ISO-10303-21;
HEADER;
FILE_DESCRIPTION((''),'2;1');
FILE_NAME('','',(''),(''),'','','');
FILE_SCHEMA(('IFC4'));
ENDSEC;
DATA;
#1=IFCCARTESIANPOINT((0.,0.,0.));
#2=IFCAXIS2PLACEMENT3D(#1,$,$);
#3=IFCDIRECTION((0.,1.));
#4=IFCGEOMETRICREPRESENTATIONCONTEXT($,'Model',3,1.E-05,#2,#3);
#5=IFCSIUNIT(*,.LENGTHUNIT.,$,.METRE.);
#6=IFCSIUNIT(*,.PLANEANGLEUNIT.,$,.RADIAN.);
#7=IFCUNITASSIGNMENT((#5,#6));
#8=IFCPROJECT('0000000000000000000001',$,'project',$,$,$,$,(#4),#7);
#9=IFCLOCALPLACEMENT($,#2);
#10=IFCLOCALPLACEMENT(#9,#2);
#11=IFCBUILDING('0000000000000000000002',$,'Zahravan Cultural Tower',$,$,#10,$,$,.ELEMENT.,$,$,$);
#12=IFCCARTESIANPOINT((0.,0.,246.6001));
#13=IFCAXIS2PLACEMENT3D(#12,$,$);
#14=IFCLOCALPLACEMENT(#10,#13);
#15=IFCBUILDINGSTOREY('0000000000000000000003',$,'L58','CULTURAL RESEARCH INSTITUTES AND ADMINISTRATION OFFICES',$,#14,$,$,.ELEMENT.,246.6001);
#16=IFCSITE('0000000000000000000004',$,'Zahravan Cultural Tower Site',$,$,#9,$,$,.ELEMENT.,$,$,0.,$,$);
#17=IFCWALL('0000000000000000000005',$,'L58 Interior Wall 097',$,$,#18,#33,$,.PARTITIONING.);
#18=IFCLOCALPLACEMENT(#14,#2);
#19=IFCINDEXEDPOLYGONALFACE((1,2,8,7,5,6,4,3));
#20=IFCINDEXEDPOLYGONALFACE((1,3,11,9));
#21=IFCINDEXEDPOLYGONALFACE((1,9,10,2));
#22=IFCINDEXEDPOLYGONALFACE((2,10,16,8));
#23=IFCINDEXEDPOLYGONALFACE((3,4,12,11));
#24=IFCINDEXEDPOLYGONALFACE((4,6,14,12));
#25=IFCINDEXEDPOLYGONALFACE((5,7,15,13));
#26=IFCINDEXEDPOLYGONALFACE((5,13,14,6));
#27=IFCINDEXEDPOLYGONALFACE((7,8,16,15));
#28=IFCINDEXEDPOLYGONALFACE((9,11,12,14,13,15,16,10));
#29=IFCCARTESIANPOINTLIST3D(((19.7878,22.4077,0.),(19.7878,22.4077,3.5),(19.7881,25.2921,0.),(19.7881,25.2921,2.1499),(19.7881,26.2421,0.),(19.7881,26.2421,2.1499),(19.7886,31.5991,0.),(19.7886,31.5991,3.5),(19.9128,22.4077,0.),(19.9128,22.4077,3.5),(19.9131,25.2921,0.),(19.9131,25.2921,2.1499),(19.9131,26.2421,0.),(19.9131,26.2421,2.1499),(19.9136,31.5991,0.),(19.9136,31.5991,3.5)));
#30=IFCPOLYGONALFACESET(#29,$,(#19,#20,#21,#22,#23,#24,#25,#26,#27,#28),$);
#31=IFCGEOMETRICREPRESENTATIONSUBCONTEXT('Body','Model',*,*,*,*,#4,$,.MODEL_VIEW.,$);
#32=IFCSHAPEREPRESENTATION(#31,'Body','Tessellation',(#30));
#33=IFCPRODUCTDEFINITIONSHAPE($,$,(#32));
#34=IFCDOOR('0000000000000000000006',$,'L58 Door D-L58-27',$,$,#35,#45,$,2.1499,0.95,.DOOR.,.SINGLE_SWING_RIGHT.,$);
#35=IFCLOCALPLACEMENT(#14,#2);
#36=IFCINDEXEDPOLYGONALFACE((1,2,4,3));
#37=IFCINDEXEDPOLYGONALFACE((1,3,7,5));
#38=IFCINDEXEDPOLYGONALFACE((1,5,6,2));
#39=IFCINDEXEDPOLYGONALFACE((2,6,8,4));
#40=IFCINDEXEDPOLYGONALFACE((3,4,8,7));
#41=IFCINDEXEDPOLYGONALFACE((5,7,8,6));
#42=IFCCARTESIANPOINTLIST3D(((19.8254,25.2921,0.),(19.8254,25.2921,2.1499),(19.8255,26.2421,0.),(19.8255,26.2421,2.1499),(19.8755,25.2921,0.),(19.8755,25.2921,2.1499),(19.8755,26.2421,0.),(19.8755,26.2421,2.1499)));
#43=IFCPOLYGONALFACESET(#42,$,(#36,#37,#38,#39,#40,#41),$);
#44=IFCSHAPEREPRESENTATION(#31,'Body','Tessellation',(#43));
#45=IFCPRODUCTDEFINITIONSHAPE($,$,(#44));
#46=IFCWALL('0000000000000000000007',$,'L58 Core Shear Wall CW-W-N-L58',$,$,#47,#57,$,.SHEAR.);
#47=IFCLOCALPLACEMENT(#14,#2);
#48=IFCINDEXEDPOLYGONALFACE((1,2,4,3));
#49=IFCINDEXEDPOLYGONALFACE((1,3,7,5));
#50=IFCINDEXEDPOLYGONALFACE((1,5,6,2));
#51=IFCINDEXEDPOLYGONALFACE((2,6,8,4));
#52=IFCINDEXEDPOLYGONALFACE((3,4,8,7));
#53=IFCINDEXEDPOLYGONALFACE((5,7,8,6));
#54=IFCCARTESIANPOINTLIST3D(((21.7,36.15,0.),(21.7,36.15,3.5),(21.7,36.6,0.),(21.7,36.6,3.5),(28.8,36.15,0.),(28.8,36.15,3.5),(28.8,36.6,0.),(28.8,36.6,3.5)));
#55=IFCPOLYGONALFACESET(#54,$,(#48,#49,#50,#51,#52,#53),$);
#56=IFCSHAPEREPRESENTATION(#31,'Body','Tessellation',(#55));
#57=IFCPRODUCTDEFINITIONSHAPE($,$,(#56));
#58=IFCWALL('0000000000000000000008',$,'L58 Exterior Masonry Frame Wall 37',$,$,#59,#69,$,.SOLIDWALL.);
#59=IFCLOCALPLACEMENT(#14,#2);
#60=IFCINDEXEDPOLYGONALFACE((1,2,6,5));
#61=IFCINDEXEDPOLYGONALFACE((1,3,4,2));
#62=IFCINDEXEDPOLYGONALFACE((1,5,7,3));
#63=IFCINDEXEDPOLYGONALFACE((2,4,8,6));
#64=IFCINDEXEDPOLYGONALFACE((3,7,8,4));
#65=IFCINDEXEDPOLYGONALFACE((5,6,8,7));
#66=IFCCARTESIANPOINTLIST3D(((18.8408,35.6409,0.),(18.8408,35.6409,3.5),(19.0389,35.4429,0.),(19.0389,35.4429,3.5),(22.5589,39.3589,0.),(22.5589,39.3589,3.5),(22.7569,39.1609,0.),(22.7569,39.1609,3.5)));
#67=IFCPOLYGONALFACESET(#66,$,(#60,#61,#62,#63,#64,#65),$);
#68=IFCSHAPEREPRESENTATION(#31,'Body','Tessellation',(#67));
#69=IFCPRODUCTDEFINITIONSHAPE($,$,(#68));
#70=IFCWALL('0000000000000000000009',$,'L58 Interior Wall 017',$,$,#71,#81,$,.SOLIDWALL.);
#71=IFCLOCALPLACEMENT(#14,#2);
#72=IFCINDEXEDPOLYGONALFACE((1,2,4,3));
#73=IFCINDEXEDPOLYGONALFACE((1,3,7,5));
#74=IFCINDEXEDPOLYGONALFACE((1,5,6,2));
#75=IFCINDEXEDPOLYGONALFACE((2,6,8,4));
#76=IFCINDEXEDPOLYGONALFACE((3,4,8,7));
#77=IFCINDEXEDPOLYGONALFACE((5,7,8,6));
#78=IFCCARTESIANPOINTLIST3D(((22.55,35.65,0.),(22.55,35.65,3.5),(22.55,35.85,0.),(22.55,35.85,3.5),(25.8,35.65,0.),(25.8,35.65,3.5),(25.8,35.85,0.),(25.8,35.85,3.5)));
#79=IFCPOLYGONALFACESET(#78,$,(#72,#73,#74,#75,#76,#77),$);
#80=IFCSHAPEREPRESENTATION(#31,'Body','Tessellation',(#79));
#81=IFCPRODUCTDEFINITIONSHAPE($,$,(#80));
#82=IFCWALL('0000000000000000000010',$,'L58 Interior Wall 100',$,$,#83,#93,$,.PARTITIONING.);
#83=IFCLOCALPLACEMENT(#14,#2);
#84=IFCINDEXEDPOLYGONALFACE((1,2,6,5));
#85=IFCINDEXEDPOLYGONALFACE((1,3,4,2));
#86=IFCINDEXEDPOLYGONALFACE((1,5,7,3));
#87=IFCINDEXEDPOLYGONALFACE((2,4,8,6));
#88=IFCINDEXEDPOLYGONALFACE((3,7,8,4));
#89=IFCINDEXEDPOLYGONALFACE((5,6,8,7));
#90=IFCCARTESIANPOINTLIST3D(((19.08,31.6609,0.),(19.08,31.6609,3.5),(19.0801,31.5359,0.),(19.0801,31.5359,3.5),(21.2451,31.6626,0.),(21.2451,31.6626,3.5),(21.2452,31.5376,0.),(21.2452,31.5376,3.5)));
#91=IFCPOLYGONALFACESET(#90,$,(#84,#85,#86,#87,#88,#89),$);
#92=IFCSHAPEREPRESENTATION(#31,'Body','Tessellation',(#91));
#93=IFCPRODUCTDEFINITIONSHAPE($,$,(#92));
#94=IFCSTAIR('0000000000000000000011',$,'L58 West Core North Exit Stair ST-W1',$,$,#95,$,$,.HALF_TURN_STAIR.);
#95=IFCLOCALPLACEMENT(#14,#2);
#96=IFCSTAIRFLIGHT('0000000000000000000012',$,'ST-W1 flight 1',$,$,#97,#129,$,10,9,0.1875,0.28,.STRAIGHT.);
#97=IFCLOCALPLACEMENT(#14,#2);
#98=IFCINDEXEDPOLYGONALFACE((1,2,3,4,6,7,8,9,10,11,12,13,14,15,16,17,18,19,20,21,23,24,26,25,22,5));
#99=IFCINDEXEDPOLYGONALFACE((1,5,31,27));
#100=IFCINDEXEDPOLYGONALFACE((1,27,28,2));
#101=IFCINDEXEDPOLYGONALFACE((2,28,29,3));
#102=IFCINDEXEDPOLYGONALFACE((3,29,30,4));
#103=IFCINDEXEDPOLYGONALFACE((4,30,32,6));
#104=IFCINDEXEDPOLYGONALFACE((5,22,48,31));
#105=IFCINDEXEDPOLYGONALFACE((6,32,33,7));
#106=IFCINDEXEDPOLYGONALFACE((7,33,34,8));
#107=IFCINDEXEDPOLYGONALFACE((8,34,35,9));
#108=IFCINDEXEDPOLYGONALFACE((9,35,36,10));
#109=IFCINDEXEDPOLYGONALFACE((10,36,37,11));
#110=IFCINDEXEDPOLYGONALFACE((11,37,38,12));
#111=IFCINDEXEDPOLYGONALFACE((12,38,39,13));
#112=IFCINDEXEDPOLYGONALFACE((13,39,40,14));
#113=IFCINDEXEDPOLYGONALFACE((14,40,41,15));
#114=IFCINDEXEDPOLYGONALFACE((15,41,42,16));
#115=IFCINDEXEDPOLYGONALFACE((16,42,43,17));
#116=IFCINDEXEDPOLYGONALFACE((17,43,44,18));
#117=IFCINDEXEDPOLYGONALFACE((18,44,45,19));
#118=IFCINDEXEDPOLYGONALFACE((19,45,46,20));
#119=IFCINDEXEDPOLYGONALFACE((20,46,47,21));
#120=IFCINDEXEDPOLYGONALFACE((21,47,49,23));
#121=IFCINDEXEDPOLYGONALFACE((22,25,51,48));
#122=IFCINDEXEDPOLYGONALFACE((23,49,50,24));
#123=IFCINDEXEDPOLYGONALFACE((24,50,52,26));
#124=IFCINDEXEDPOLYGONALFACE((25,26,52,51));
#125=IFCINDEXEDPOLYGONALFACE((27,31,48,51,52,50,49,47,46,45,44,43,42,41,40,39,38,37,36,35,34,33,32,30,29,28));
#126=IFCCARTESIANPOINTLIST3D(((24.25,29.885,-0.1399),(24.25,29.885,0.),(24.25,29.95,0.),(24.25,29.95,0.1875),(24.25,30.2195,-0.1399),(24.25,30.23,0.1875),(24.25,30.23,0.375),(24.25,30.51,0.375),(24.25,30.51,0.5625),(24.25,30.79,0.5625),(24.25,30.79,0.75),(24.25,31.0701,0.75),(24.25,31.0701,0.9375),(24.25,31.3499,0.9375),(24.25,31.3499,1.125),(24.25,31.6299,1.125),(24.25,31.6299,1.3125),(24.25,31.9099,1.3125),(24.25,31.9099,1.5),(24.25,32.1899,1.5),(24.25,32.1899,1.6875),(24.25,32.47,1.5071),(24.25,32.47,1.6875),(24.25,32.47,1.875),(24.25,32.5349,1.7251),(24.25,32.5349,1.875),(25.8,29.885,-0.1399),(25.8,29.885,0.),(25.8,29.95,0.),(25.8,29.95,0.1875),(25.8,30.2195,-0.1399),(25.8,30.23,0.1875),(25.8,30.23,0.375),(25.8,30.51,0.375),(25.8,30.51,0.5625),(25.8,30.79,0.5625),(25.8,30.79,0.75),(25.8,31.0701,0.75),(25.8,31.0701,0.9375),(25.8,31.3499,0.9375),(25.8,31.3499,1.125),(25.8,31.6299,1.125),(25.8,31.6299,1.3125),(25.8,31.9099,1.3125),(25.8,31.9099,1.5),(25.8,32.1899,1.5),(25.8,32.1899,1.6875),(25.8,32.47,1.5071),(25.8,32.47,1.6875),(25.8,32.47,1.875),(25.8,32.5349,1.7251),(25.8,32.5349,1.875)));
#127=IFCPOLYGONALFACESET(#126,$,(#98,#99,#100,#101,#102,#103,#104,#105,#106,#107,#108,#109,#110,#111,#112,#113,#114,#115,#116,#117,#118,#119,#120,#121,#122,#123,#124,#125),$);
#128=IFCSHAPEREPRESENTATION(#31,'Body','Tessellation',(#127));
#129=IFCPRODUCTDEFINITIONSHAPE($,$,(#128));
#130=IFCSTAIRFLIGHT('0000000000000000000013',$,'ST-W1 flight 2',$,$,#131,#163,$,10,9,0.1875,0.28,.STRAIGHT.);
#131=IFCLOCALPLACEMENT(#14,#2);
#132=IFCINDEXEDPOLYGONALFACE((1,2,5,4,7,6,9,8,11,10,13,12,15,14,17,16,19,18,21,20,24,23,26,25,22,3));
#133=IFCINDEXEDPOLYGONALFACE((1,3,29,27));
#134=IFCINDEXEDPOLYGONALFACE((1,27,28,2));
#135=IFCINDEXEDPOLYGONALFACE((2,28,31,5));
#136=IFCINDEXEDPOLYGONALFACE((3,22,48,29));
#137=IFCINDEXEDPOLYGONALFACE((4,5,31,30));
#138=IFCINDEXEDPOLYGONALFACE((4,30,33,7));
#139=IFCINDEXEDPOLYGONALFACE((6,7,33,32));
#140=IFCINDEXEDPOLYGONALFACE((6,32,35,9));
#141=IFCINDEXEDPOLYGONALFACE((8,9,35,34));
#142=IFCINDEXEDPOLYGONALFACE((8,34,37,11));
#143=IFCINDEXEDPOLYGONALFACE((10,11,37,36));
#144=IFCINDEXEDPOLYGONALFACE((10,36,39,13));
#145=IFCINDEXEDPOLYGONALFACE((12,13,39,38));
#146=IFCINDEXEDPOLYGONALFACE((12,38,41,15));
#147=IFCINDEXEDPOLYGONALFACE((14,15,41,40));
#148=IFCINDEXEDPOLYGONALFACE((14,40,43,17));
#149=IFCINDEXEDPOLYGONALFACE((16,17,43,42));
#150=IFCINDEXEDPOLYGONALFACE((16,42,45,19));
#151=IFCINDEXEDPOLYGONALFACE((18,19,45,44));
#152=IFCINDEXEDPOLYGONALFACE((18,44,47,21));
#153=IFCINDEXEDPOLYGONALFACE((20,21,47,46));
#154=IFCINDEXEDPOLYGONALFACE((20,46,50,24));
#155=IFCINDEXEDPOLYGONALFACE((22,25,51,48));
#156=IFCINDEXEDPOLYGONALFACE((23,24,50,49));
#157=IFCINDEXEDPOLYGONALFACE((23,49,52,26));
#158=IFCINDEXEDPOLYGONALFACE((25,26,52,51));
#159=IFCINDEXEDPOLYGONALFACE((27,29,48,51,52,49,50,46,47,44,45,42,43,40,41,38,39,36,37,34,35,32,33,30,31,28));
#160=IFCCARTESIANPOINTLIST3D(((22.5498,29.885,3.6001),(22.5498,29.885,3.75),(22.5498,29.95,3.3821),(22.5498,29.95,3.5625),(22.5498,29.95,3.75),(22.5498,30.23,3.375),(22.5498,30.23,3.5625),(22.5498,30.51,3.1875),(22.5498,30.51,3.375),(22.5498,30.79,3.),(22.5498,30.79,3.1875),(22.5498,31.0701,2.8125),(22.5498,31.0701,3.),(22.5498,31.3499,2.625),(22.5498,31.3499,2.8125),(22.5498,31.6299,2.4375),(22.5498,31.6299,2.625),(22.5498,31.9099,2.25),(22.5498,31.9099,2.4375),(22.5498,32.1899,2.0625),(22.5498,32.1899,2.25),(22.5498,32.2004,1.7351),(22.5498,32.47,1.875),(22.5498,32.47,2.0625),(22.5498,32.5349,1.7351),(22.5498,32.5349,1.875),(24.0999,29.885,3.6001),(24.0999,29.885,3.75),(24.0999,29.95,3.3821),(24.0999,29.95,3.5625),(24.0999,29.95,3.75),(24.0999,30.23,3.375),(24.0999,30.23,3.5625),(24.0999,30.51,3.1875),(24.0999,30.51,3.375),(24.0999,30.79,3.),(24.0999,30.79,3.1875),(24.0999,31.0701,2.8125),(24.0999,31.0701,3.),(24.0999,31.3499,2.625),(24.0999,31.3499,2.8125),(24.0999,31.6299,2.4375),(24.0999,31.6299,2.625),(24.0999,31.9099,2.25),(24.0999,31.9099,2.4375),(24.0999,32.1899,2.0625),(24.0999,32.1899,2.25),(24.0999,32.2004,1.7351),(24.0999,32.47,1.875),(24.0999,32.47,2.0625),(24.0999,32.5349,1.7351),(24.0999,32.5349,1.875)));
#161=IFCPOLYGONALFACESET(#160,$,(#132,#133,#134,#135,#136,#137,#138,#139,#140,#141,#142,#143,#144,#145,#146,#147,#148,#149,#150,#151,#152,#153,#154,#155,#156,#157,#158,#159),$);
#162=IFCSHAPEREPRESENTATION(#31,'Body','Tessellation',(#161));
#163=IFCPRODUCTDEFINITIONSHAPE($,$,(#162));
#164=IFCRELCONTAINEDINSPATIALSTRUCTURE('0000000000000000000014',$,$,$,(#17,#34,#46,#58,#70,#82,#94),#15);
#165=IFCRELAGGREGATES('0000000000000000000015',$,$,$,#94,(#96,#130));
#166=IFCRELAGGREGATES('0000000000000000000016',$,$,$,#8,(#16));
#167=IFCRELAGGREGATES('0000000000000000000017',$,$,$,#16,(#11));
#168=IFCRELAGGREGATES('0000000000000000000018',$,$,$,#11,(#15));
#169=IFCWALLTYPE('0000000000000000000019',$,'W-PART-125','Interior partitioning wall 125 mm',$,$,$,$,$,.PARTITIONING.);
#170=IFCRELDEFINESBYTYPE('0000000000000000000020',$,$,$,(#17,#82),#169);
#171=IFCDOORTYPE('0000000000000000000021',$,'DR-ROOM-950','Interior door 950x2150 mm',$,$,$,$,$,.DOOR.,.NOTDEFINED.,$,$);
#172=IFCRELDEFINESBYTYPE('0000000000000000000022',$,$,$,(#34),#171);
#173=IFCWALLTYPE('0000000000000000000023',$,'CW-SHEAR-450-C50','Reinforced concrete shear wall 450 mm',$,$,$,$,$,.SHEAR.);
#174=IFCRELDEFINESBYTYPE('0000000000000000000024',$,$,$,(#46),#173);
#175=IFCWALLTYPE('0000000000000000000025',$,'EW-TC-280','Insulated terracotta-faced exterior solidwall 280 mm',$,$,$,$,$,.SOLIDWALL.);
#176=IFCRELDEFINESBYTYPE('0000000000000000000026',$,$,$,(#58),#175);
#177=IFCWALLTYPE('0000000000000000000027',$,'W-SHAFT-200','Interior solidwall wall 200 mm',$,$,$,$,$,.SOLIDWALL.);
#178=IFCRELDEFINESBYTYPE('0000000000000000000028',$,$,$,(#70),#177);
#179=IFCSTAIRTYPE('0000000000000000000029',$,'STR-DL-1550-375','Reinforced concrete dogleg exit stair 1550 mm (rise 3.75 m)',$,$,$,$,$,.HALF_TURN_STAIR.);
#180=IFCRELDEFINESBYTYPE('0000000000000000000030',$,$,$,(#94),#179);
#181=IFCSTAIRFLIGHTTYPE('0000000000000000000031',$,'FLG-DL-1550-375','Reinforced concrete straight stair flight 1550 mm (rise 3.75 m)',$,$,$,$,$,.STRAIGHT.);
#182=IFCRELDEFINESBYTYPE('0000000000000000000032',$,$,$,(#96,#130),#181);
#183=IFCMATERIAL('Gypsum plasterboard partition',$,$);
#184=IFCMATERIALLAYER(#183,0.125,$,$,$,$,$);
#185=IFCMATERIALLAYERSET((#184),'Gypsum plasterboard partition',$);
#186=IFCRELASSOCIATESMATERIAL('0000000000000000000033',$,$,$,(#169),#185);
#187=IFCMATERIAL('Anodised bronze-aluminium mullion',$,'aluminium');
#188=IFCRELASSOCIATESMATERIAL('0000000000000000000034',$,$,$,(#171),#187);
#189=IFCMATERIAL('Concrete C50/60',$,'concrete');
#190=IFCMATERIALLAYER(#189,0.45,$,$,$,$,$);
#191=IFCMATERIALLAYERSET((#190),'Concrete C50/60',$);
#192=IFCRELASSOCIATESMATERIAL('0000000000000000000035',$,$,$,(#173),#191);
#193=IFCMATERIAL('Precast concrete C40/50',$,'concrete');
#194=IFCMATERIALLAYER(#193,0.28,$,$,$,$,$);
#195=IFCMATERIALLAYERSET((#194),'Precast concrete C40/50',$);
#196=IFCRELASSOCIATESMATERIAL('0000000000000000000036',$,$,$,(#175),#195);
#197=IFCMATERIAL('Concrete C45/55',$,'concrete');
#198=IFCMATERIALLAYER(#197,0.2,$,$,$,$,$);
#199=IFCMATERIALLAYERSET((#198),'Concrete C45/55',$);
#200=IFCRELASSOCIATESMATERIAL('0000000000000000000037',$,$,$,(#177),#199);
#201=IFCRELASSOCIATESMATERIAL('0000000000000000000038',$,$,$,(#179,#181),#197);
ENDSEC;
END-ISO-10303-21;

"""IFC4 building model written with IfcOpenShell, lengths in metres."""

from ifc_helpers import new_model, si_unit, direction, frame, frame_2d, origin, place, context, subcontext, project, spatial, polyline, rectangle, outline, extrude, source, transform, mapped, material, layer, layer_set, type_object, element, fill, aggregate, save


model = new_model("IFC4")

# Units and contexts
model_context = context("Model", 3, precision=1e-05, world=origin(), true_north=direction((0.0, 1.0)))
body_context = subcontext(model_context, "Body", "Model", "MODEL_VIEW")
ifc_project = project(units=[si_unit("LENGTHUNIT", "METRE"), si_unit("PLANEANGLEUNIT", "RADIAN")], contexts=[model_context])

# Site, building, storey
site_placement = place(None, origin())
site = spatial("IfcSite", under=ifc_project, at=site_placement, Name="Zahravan Cultural Tower Site", CompositionType="ELEMENT", RefElevation=0.0)
building_placement = place(site_placement, origin())
building = spatial("IfcBuilding", under=site, at=building_placement, Name="Zahravan Cultural Tower", CompositionType="ELEMENT")
storey_placement = place(building_placement, frame((0.0, 0.0, 246.6001)))
storey = spatial("IfcBuildingStorey", under=building, at=storey_placement, Name="L58", Description="CULTURAL RESEARCH INSTITUTES AND ADMINISTRATION OFFICES", CompositionType="ELEMENT", Elevation=246.6001)

# Shared definitions
ifc_material_1 = material(Name="Concrete C50/60", Category="concrete")

# Wall, opening, door
ifc_material_2 = material(Name="Gypsum plasterboard partition")
ifc_layer_1 = layer(ifc_material_2, 0.125)
ifc_layer_set_1 = layer_set([ifc_layer_1], Name="Gypsum plasterboard partition")
wall_type_1 = type_object("IfcWallType", Name="W-PART-125", Description="Interior partitioning wall 125 mm", PredefinedType="PARTITIONING", material=ifc_layer_set_1)
ifc_material_3 = material(Name="Anodised bronze-aluminium mullion", Category="aluminium")
door_type = type_object("IfcDoorType", Name="DR-ROOM-950", Description="Interior door 950x2150 mm", OperationType="NOTDEFINED", PredefinedType="DOOR", material=ifc_material_3)
shared_shape_1 = source(origin(), body_context, "Body", "SweptSolid", [
    extrude(rectangle(XDim=0.95, YDim=2.1499, at=frame_2d((0.4751, 1.075))), frame((0.0, 0.0249, 0.0), z_axis=(0.0, -1.0, 0.0), x_axis=(1.0, 0.0, 0.0)), (0.0, 0.0, 1.0), 0.05),
])
wall_1_placement = place(storey_placement, frame((19.8511, 31.5991, 0.0), z_axis=(0.0, 0.0, 1.0), x_axis=(-0.00008, -1.0, 0.0)))
wall_1 = element("IfcWall", 1, at=wall_1_placement, inside=storey, type_object=wall_type_1, Name="L58 Interior Wall 097", PredefinedType="PARTITIONING", context=body_context, shape_type="SweptSolid", body=[
    extrude(rectangle(XDim=9.1914, YDim=0.125, at=frame_2d((4.5957, 0.0))), origin(), (0.0, 0.0, 1.0), 3.5),
])
opening_1_placement = place(wall_1_placement, frame((5.3569, 0.0, 0.0)))
opening_1 = element("IfcOpeningElement", 2, at=opening_1_placement, cuts=wall_1, PredefinedType="OPENING", context=body_context, shape_type="SweptSolid", body=[
    extrude(rectangle(XDim=0.95, YDim=2.1499, at=frame_2d((0.4751, 1.075))), frame((0.0, 0.0725, 0.0), z_axis=(0.0, -1.0, 0.0), x_axis=(1.0, 0.0, 0.0)), (0.0, 0.0, 1.0), 0.145),
])
door_1_placement = place(opening_1_placement, origin())
door_1 = element("IfcDoor", 3, at=door_1_placement, inside=storey, type_object=door_type, Name="L58 Door D-L58-27", OperationType="SINGLE_SWING_RIGHT", OverallHeight=2.1499, OverallWidth=0.95, PredefinedType="DOOR", context=body_context, shape_type="MappedRepresentation", body=[
    mapped(shared_shape_1, transform((0.0, 0.0, 0.0), x_axis=(1.0, 0.0, 0.0), y_axis=(0.0, 1.0, 0.0), z_axis=(0.0, 0.0, 1.0), scale=1.0)),
])
fill(opening_1, door_1)

# Walls
ifc_layer_2 = layer(ifc_material_1, 0.45)
ifc_layer_set_2 = layer_set([ifc_layer_2], Name="Concrete C50/60")
wall_type_2 = type_object("IfcWallType", Name="CW-SHEAR-450-C50", Description="Reinforced concrete shear wall 450 mm", PredefinedType="SHEAR", material=ifc_layer_set_2)
shared_shape_2 = source(origin(), body_context, "Body", "SweptSolid", [
    extrude(rectangle(XDim=7.1001, YDim=0.45, at=frame_2d((3.55, 0.0))), origin(), (0.0, 0.0, 1.0), 3.5),
])
wall_2_placement = place(storey_placement, frame((21.7, 36.375, 0.0), z_axis=(0.0, 0.0, 1.0), x_axis=(1.0, 0.0, 0.0)))
element("IfcWall", 4, at=wall_2_placement, inside=storey, type_object=wall_type_2, Name="L58 Core Shear Wall CW-W-N-L58", PredefinedType="SHEAR", context=body_context, shape_type="MappedRepresentation", body=[
    mapped(shared_shape_2, transform((0.0, 0.0, 0.0), x_axis=(1.0, 0.0, 0.0), y_axis=(0.0, 1.0, 0.0), z_axis=(0.0, 0.0, 1.0), scale=1.0)),
])
ifc_material_4 = material(Name="Precast concrete C40/50", Category="concrete")
ifc_layer_3 = layer(ifc_material_4, 0.28)
ifc_layer_set_3 = layer_set([ifc_layer_3], Name="Precast concrete C40/50")
wall_type_3 = type_object("IfcWallType", Name="EW-TC-280", Description="Insulated terracotta-faced exterior solidwall 280 mm", PredefinedType="SOLIDWALL", material=ifc_layer_set_3)
shared_shape_3 = source(origin(), body_context, "Body", "SweptSolid", [
    extrude(rectangle(XDim=5.2581, YDim=0.28, at=frame_2d((2.6289, 0.0))), origin(), (0.0, 0.0, 1.0), 3.5),
])
wall_3_placement = place(storey_placement, frame((18.9399, 35.542, 0.0), z_axis=(0.0, 0.0, 1.0), x_axis=(0.707107, 0.707107, 0.0)))
element("IfcWall", 5, at=wall_3_placement, inside=storey, type_object=wall_type_3, Name="L58 Exterior Masonry Frame Wall 37", PredefinedType="SOLIDWALL", context=body_context, shape_type="MappedRepresentation", body=[
    mapped(shared_shape_3, transform((0.0, 0.0, 0.0), x_axis=(1.0, 0.0, 0.0), y_axis=(0.0, 1.0, 0.0), z_axis=(0.0, 0.0, 1.0), scale=1.0)),
])
ifc_material_5 = material(Name="Concrete C45/55", Category="concrete")
ifc_layer_4 = layer(ifc_material_5, 0.2)
ifc_layer_set_4 = layer_set([ifc_layer_4], Name="Concrete C45/55")
wall_type_4 = type_object("IfcWallType", Name="W-SHAFT-200", Description="Interior solidwall wall 200 mm", PredefinedType="SOLIDWALL", material=ifc_layer_set_4)
shared_shape_4 = source(origin(), body_context, "Body", "SweptSolid", [
    extrude(rectangle(XDim=3.25, YDim=0.2, at=frame_2d((1.625, 0.0))), origin(), (0.0, 0.0, 1.0), 3.5),
])
wall_4_placement = place(storey_placement, frame((22.55, 35.75, 0.0), z_axis=(0.0, 0.0, 1.0), x_axis=(1.0, 0.0, 0.0)))
element("IfcWall", 6, at=wall_4_placement, inside=storey, type_object=wall_type_4, Name="L58 Interior Wall 017", PredefinedType="SOLIDWALL", context=body_context, shape_type="MappedRepresentation", body=[
    mapped(shared_shape_4, transform((0.0, 0.0, 0.0), x_axis=(1.0, 0.0, 0.0), y_axis=(0.0, 1.0, 0.0), z_axis=(0.0, 0.0, 1.0), scale=1.0)),
])
shared_shape_5 = source(origin(), body_context, "Body", "SweptSolid", [
    extrude(rectangle(XDim=2.165, YDim=0.125, at=frame_2d((1.0825, 0.0))), origin(), (0.0, 0.0, 1.0), 3.5),
])
wall_5_placement = place(storey_placement, frame((21.2451, 31.6001, 0.0), z_axis=(0.0, 0.0, 1.0), x_axis=(-1.0, -0.000789, 0.0)))
element("IfcWall", 7, at=wall_5_placement, inside=storey, type_object=wall_type_1, Name="L58 Interior Wall 100", PredefinedType="PARTITIONING", context=body_context, shape_type="MappedRepresentation", body=[
    mapped(shared_shape_5, transform((0.0, 0.0, 0.0), x_axis=(1.0, 0.0, 0.0), y_axis=(0.0, 1.0, 0.0), z_axis=(0.0, 0.0, 1.0), scale=1.0)),
])

# Stair, stair flights
stair_type = type_object("IfcStairType", Name="STR-DL-1550-375", Description="Reinforced concrete dogleg exit stair 1550 mm (rise 3.75 m)", PredefinedType="HALF_TURN_STAIR", material=ifc_material_5)
stair_placement = place(storey_placement, origin())
stair = element("IfcStair", 8, at=stair_placement, inside=storey, type_object=stair_type, Name="L58 West Core North Exit Stair ST-W1", PredefinedType="HALF_TURN_STAIR")
stair_flight_type = type_object("IfcStairFlightType", Name="FLG-DL-1550-375", Description="Reinforced concrete straight stair flight 1550 mm (rise 3.75 m)", PredefinedType="STRAIGHT", material=ifc_material_5)
stair_flight_1_placement = place(storey_placement, frame((25.0249, 29.95, 0.0), z_axis=(0.0, 0.0, 1.0), x_axis=(0.0, 1.0, 0.0)))
stair_flight_1 = element("IfcStairFlight", 9, at=stair_flight_1_placement, type_object=stair_flight_type, Name="ST-W1 flight 1", NumberOfRisers=10, NumberOfTreads=9, PredefinedType="STRAIGHT", RiserHeight=0.1875, TreadLength=0.28, context=body_context, shape_type="SweptSolid", body=[
    extrude(outline(polyline([(-0.0649, -0.1399), (-0.0649, 0.0), (0.0, 0.0), (0.0, 0.1875), (0.28, 0.1875), (0.28, 0.375), (0.5601, 0.375), (0.5601, 0.5625), (0.8401, 0.5625), (0.8401, 0.75), (1.1201, 0.75), (1.1201, 0.9375), (1.3999, 0.9375), (1.3999, 1.125), (1.6799, 1.125), (1.6799, 1.3125), (1.96, 1.3125), (1.96, 1.5), (2.24, 1.5), (2.24, 1.6875), (2.52, 1.6875), (2.52, 1.875), (2.585, 1.875), (2.585, 1.7251), (2.52, 1.5071), (0.2695, -0.1399), (-0.0649, -0.1399)])), frame((0.0, 0.7749, 0.0), z_axis=(0.0, -1.0, 0.0), x_axis=(1.0, 0.0, 0.0)), (0.0, 0.0, 1.0), 1.55),
])
stair_flight_2_placement = place(storey_placement, frame((23.325, 32.47, 1.875), z_axis=(0.0, 0.0, 1.0), x_axis=(0.0, -1.0, 0.0)))
stair_flight_2 = element("IfcStairFlight", 10, at=stair_flight_2_placement, type_object=stair_flight_type, Name="ST-W1 flight 2", NumberOfRisers=10, NumberOfTreads=9, PredefinedType="STRAIGHT", RiserHeight=0.1875, TreadLength=0.28, context=body_context, shape_type="SweptSolid", body=[
    extrude(outline(polyline([(-0.0649, -0.1399), (-0.0649, 0.0), (0.0, 0.0), (0.0, 0.1875), (0.28, 0.1875), (0.28, 0.375), (0.5601, 0.375), (0.5601, 0.5625), (0.8401, 0.5625), (0.8401, 0.75), (1.1201, 0.75), (1.1201, 0.9375), (1.3999, 0.9375), (1.3999, 1.125), (1.6799, 1.125), (1.6799, 1.3125), (1.96, 1.3125), (1.96, 1.5), (2.24, 1.5), (2.24, 1.6875), (2.52, 1.6875), (2.52, 1.875), (2.585, 1.875), (2.585, 1.7251), (2.52, 1.5071), (0.2695, -0.1399), (-0.0649, -0.1399)])), frame((0.0, 0.7749, 0.0), z_axis=(0.0, -1.0, 0.0), x_axis=(1.0, 0.0, 0.0)), (0.0, 0.0, 1.0), 1.55),
])
aggregate(stair, [stair_flight_1, stair_flight_2])

save(model, "model.ifc")
